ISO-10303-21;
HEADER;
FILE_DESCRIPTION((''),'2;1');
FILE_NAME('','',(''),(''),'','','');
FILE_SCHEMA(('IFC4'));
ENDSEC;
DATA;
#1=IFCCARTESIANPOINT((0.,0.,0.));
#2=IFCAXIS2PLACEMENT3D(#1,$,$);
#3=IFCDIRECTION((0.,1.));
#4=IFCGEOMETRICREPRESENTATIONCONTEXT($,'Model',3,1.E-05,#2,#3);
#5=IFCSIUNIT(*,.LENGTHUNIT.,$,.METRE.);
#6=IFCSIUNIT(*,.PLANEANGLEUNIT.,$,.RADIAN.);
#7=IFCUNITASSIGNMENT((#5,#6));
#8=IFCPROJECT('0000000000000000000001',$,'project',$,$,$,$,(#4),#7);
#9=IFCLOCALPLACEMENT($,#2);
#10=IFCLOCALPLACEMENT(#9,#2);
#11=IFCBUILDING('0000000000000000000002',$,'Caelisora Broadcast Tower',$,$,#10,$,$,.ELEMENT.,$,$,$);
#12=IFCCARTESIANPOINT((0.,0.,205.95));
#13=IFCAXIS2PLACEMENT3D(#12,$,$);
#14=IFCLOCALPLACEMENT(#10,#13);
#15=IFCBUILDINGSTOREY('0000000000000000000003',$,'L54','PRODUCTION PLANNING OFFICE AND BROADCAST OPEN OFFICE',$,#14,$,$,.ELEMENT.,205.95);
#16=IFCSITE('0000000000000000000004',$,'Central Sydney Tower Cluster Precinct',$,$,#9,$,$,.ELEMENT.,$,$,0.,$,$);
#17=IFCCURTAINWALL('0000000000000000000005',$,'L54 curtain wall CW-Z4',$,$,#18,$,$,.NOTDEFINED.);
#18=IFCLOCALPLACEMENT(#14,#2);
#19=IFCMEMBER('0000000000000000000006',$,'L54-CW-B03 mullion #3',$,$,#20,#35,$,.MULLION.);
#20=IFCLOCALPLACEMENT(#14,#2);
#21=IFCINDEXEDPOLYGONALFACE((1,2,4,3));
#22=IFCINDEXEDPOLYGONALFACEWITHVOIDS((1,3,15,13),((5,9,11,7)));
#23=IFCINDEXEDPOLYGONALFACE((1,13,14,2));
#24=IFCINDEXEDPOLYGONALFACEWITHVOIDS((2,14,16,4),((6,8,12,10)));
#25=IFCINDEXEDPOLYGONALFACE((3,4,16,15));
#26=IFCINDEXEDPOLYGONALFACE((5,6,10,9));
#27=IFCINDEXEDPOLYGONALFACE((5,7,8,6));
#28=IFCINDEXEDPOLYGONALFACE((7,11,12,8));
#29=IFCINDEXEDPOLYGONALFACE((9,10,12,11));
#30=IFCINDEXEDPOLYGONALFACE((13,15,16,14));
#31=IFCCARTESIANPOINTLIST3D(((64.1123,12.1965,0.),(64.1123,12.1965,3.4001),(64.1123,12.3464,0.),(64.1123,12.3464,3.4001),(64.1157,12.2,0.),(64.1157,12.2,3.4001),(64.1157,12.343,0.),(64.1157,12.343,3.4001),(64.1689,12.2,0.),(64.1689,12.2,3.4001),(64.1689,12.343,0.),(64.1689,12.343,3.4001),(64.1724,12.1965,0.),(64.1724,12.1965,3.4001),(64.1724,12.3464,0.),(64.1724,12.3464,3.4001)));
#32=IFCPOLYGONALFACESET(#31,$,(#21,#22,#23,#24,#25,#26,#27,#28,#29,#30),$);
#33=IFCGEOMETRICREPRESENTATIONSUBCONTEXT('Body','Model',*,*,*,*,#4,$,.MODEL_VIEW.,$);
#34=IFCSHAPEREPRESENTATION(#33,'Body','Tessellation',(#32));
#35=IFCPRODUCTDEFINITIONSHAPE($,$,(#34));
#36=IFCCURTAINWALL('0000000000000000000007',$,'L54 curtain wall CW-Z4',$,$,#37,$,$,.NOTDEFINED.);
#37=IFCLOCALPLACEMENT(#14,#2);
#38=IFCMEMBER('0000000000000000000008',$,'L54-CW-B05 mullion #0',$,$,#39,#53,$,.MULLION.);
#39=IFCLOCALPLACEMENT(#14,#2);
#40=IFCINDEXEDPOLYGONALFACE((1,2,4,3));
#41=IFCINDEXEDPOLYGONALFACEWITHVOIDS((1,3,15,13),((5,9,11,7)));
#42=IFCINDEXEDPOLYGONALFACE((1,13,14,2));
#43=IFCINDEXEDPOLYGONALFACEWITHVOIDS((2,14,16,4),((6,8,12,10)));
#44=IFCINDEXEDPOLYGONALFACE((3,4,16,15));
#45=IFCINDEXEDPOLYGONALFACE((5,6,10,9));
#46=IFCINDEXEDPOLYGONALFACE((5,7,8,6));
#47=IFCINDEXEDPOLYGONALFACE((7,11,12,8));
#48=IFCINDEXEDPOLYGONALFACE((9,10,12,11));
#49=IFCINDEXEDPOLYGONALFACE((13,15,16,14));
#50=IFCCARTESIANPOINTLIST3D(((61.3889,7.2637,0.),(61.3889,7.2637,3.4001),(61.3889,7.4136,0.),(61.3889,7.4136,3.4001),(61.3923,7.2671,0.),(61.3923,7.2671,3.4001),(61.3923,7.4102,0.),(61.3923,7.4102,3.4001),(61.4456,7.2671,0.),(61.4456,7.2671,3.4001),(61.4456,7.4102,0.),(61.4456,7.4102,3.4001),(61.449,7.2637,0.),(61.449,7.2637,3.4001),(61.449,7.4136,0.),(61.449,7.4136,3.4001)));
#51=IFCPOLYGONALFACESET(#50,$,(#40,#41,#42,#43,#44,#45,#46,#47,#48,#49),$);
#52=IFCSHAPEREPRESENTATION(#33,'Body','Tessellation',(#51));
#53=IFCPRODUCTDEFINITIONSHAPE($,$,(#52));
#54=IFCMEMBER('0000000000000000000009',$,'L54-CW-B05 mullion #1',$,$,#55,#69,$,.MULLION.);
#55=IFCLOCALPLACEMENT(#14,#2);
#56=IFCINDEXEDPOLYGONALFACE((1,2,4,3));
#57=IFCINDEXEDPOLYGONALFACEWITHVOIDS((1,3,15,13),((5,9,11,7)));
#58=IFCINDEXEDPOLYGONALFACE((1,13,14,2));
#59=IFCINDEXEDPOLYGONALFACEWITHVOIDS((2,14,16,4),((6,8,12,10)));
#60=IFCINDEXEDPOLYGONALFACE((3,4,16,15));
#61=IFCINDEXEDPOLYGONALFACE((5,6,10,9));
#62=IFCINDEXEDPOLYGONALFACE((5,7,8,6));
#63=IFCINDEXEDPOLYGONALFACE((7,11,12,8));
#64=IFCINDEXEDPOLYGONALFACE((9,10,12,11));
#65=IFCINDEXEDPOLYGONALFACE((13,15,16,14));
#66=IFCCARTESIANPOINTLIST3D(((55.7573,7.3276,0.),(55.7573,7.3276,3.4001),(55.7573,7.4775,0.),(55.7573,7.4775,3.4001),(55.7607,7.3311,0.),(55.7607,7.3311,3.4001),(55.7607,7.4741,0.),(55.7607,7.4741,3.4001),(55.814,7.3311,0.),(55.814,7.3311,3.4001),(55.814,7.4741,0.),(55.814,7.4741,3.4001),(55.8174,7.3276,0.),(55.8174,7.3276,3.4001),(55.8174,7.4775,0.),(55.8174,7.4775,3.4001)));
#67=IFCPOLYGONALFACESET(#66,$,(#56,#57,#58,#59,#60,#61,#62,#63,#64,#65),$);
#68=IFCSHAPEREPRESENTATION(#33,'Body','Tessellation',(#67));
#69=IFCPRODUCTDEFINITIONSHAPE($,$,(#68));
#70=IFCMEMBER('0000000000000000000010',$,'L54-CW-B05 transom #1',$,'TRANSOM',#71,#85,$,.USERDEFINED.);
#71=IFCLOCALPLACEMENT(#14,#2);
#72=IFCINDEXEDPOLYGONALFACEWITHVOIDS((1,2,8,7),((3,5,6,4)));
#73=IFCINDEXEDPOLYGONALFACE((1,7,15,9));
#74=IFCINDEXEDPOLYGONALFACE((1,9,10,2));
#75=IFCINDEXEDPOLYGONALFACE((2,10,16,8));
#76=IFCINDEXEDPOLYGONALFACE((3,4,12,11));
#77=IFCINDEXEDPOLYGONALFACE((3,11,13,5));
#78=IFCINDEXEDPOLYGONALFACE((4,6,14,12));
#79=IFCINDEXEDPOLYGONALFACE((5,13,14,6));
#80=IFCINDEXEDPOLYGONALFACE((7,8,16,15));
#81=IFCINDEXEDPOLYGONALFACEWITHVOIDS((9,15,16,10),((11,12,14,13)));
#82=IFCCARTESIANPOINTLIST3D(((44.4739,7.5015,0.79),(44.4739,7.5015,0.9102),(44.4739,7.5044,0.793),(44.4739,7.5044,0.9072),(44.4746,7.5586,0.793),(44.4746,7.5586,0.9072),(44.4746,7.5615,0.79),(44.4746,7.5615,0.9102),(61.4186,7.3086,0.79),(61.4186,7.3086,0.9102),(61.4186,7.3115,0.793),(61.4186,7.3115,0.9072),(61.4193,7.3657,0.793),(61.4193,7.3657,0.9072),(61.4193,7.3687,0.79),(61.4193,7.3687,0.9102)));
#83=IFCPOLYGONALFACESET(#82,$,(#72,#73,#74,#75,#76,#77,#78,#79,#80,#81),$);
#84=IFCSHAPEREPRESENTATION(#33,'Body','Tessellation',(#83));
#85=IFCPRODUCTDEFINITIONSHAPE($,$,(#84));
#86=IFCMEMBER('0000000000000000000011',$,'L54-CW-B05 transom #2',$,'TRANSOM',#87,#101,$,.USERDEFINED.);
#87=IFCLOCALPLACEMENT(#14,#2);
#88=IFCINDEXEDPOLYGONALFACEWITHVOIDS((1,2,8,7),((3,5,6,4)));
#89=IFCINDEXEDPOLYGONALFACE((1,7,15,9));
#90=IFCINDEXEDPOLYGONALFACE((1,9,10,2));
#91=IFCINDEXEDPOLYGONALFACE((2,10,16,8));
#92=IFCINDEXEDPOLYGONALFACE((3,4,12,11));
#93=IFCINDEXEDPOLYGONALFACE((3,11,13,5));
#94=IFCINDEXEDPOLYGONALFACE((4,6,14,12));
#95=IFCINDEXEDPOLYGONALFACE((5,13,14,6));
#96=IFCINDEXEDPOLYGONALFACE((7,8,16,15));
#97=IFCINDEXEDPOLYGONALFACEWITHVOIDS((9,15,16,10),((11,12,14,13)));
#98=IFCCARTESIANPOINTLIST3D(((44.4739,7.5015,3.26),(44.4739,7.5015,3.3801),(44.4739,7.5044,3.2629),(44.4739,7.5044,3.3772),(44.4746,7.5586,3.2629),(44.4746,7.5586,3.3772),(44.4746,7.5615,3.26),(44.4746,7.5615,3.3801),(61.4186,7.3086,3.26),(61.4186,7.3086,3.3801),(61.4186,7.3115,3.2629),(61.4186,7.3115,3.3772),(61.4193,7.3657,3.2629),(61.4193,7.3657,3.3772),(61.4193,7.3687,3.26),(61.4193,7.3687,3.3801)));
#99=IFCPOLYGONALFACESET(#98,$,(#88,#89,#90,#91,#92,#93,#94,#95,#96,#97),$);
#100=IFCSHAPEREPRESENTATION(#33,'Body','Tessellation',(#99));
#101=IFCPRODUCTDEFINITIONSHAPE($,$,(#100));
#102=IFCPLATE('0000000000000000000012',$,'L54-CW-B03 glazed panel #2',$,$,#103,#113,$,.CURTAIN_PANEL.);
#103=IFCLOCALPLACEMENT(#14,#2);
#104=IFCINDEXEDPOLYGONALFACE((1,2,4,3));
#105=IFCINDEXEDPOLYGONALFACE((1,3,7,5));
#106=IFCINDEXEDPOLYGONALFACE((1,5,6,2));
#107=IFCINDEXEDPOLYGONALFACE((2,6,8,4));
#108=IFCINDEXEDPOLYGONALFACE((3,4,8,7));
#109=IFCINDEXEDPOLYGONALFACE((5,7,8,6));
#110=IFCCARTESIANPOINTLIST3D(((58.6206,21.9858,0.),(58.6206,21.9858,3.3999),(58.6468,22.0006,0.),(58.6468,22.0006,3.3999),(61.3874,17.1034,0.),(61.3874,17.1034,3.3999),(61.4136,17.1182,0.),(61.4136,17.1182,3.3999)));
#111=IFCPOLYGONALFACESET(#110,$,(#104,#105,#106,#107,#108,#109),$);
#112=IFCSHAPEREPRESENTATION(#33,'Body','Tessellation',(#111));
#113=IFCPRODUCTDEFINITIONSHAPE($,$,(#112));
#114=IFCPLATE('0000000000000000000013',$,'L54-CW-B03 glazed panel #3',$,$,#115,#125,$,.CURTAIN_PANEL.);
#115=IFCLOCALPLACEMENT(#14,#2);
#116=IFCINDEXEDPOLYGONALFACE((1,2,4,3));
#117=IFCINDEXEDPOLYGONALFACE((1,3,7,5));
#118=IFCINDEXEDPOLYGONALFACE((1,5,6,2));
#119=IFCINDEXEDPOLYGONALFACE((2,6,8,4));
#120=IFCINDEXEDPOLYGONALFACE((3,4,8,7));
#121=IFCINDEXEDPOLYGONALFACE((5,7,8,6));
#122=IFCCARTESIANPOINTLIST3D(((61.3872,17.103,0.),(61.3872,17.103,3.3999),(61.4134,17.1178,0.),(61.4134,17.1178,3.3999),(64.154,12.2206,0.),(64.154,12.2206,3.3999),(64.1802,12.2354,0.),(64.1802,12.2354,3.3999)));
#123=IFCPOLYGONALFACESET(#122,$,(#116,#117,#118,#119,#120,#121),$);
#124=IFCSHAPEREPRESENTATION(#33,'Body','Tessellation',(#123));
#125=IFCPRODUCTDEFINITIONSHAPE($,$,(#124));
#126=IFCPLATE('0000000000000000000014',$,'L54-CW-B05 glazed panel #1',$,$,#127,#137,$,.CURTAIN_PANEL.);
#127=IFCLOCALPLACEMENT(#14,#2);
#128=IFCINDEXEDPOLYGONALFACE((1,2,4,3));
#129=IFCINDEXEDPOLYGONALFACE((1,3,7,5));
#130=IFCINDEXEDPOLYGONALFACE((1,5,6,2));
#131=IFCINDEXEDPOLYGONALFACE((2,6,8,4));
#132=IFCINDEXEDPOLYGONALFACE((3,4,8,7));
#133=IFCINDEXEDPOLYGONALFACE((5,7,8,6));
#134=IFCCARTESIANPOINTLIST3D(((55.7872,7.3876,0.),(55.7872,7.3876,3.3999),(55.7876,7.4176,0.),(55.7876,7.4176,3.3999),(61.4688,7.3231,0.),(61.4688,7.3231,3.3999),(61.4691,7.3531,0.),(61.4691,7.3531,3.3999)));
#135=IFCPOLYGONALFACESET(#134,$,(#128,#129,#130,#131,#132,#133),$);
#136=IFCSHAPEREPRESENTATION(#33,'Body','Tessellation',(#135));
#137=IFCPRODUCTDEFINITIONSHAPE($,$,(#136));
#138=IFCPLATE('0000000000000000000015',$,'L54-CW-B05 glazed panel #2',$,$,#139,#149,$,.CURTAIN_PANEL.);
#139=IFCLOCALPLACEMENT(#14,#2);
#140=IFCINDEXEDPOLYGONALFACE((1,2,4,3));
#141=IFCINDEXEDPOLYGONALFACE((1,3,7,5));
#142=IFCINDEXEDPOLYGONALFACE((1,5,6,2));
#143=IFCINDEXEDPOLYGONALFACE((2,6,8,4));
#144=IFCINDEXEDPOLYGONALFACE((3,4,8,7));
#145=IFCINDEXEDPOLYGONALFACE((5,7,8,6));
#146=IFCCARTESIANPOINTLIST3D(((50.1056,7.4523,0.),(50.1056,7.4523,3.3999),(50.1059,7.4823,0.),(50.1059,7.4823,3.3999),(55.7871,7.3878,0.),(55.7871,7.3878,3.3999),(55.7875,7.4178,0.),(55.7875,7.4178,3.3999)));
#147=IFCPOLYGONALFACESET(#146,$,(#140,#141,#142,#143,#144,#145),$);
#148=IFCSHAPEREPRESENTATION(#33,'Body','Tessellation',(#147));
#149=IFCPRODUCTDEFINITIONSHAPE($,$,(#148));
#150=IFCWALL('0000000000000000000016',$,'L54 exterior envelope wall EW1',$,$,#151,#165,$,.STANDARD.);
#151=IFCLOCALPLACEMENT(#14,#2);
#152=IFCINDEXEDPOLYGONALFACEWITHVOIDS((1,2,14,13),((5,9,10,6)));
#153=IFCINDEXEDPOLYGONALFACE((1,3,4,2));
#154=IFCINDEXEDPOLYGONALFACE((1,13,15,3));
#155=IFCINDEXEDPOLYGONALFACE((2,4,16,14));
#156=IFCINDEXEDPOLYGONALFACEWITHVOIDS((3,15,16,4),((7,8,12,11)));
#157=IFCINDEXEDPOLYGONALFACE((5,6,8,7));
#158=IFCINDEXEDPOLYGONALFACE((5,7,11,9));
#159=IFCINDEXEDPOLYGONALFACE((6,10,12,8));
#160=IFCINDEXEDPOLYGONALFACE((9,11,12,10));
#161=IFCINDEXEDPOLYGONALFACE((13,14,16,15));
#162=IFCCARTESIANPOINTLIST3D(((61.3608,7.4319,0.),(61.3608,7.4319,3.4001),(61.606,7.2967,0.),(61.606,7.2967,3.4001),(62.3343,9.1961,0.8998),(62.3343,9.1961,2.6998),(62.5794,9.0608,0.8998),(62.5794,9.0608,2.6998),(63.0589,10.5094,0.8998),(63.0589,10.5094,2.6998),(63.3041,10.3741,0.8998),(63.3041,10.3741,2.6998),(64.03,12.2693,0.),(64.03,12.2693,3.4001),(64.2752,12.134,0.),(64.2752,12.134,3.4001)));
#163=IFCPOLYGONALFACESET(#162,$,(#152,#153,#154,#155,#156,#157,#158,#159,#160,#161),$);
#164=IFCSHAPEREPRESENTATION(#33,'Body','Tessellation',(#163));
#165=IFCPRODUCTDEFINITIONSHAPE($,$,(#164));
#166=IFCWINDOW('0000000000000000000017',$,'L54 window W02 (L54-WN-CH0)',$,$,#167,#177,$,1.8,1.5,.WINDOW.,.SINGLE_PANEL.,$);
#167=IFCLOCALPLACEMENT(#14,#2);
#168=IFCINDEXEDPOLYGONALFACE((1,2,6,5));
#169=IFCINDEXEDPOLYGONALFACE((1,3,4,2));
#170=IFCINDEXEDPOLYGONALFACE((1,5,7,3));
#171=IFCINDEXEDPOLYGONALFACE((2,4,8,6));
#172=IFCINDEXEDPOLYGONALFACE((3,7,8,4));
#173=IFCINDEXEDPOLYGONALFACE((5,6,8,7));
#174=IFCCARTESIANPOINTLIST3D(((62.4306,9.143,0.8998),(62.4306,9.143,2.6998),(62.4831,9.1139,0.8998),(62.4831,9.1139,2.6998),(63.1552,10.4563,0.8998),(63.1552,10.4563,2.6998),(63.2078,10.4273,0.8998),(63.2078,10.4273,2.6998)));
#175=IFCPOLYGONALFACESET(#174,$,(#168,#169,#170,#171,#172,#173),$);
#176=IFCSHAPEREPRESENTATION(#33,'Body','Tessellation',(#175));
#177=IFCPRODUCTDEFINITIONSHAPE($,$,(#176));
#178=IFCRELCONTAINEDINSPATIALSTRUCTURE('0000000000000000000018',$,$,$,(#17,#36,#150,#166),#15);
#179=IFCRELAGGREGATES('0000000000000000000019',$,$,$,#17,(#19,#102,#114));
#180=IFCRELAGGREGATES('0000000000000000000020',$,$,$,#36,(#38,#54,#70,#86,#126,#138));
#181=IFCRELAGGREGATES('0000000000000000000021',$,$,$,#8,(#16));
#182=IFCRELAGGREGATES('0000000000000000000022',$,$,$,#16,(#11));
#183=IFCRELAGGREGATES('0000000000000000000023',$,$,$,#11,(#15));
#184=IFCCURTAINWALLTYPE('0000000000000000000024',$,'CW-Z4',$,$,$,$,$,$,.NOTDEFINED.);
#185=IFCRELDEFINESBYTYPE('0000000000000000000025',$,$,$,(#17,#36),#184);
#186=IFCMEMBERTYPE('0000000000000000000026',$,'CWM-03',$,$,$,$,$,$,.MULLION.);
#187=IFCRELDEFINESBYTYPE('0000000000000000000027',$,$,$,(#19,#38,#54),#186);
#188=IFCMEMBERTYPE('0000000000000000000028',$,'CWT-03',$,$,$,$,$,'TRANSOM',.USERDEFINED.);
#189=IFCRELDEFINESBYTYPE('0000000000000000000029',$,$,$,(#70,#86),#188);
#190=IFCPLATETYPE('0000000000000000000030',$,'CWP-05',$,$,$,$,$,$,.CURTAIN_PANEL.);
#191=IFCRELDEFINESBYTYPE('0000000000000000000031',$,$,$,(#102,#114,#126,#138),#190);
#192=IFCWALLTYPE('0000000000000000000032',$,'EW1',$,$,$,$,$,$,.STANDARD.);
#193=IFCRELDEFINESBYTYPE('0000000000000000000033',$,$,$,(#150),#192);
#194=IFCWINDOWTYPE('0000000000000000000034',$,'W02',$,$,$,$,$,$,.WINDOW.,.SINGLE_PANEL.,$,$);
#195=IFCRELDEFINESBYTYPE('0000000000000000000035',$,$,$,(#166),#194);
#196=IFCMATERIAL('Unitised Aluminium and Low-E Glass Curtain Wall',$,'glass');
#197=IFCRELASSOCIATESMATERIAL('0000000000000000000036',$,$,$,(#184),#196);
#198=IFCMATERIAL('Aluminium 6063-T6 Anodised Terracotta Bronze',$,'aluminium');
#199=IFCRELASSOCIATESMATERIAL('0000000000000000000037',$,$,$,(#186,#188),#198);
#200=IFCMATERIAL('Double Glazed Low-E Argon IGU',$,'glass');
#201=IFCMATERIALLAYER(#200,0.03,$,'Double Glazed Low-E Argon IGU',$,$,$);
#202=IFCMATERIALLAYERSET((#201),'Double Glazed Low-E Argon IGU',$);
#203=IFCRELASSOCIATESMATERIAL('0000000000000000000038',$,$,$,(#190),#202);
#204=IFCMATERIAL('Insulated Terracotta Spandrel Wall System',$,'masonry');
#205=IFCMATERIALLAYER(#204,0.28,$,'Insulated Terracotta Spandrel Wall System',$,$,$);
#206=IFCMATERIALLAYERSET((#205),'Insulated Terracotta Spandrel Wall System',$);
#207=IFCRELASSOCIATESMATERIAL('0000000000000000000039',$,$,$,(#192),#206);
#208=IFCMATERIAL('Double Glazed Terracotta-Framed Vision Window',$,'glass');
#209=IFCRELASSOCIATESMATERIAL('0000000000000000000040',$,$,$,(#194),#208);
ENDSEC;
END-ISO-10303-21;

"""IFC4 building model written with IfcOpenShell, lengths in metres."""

from ifc_helpers import new_model, si_unit, direction, frame, frame_2d, origin, origin_2d, place, context, subcontext, project, spatial, rectangle, hollow_rectangle, extrude, source, transform, mapped, material, layer, layer_set, material_profile, profile_set, type_object, type_shapes, element, fill, aggregate, save


model = new_model("IFC4")

# Units and contexts
model_context = context("Model", 3, precision=1e-05, world=origin(), true_north=direction((0.0, 1.0)))
body_context = subcontext(model_context, "Body", "Model", "MODEL_VIEW")
ifc_project = project(units=[si_unit("LENGTHUNIT", "METRE"), si_unit("PLANEANGLEUNIT", "RADIAN")], contexts=[model_context])

# Site, building, storey
site_placement = place(None, origin())
site = spatial("IfcSite", under=ifc_project, at=site_placement, Name="Central Sydney Tower Cluster Precinct", CompositionType="ELEMENT", RefElevation=0.0)
building_placement = place(site_placement, origin())
building = spatial("IfcBuilding", under=site, at=building_placement, Name="Caelisora Broadcast Tower", CompositionType="ELEMENT")
storey_placement = place(building_placement, frame((0.0, 0.0, 205.95)))
storey = spatial("IfcBuildingStorey", under=building, at=storey_placement, Name="L54", Description="PRODUCTION PLANNING OFFICE AND BROADCAST OPEN OFFICE", CompositionType="ELEMENT", Elevation=205.95)

# Curtain walls, members
ifc_material_1 = material(Name="Unitised Aluminium and Low-E Glass Curtain Wall", Category="glass")
curtain_wall_type = type_object("IfcCurtainWallType", Name="CW-Z4", PredefinedType="NOTDEFINED", material=ifc_material_1)
curtain_wall_1_placement = place(storey_placement, origin())
curtain_wall_1 = element("IfcCurtainWall", 1, at=curtain_wall_1_placement, inside=storey, type_object=curtain_wall_type, Name="L54 curtain wall CW-Z4", PredefinedType="NOTDEFINED")
ifc_material_2 = material(Name="Aluminium 6063-T6 Anodised Terracotta Bronze", Category="aluminium")
ifc_material_profile_1 = material_profile(ifc_material_2, hollow_rectangle(XDim=0.0601, YDim=0.1499, WallThickness=0.0034, at=origin_2d()), Name="Aluminium 6063-T6 Anodised Terracotta Bronze")
ifc_profile_set_1 = profile_set([ifc_material_profile_1], Name="Aluminium 6063-T6 Anodised Terracotta Bronze")
member_type_1 = type_object("IfcMemberType", Name="CWM-03", PredefinedType="MULLION", material=ifc_profile_set_1)
shared_shape_1 = source(origin(), body_context, "Body", "SweptSolid", [
    extrude(hollow_rectangle(XDim=0.0601, YDim=0.1499, WallThickness=0.0034, at=origin_2d()), origin(), (0.0, 0.0, 1.0), 3.4001),
])
type_shapes(member_type_1, [shared_shape_1])
member_1_placement = place(storey_placement, frame((64.1423, 12.2715, 0.0), z_axis=(0.0, 0.0, 1.0), x_axis=(1.0, 0.0, 0.0)))
member_1 = element("IfcMember", 2, at=member_1_placement, type_object=member_type_1, Name="L54-CW-B03 mullion #3", PredefinedType="MULLION", context=body_context, shape_type="MappedRepresentation", body=[
    mapped(shared_shape_1, transform((0.0, 0.0, 0.0), scale=1.0)),
])
curtain_wall_2_placement = place(storey_placement, origin())
curtain_wall_2 = element("IfcCurtainWall", 3, at=curtain_wall_2_placement, inside=storey, type_object=curtain_wall_type, Name="L54 curtain wall CW-Z4", PredefinedType="NOTDEFINED")
member_2_placement = place(storey_placement, frame((61.4189, 7.3386, 0.0), z_axis=(0.0, 0.0, 1.0), x_axis=(1.0, 0.0, 0.0)))
member_2 = element("IfcMember", 4, at=member_2_placement, type_object=member_type_1, Name="L54-CW-B05 mullion #0", PredefinedType="MULLION", context=body_context, shape_type="MappedRepresentation", body=[
    mapped(shared_shape_1, transform((0.0, 0.0, 0.0), scale=1.0)),
])
member_3_placement = place(storey_placement, frame((55.7874, 7.4026, 0.0), z_axis=(0.0, 0.0, 1.0), x_axis=(1.0, 0.0, 0.0)))
member_3 = element("IfcMember", 5, at=member_3_placement, type_object=member_type_1, Name="L54-CW-B05 mullion #1", PredefinedType="MULLION", context=body_context, shape_type="MappedRepresentation", body=[
    mapped(shared_shape_1, transform((0.0, 0.0, 0.0), scale=1.0)),
])
ifc_material_profile_2 = material_profile(ifc_material_2, hollow_rectangle(XDim=0.0601, YDim=0.1201, WallThickness=0.0029, at=origin_2d()), Name="Aluminium 6063-T6 Anodised Terracotta Bronze")
ifc_profile_set_2 = profile_set([ifc_material_profile_2], Name="Aluminium 6063-T6 Anodised Terracotta Bronze")
member_type_2 = type_object("IfcMemberType", Name="CWT-03", ElementType="TRANSOM", PredefinedType="USERDEFINED", material=ifc_profile_set_2)
shared_shape_2 = source(origin(), body_context, "Body", "SweptSolid", [
    extrude(hollow_rectangle(XDim=0.0601, YDim=0.1201, WallThickness=0.0029, at=origin_2d()), origin(), (0.0, 0.0, 1.0), 16.9458),
])
type_shapes(member_type_2, [shared_shape_2])
member_4_placement = place(storey_placement, frame((61.4189, 7.3386, 0.8501), z_axis=(-0.999935, 0.011382, 0.0), x_axis=(-0.011382, -0.999935, 0.0)))
member_4 = element("IfcMember", 6, at=member_4_placement, type_object=member_type_2, Name="L54-CW-B05 transom #1", ObjectType="TRANSOM", PredefinedType="USERDEFINED", context=body_context, shape_type="MappedRepresentation", body=[
    mapped(shared_shape_2, transform((0.0, 0.0, 0.0), scale=1.0)),
])
member_5_placement = place(storey_placement, frame((61.4189, 7.3386, 3.3201), z_axis=(-0.999935, 0.011382, 0.0), x_axis=(-0.011382, -0.999935, 0.0)))
member_5 = element("IfcMember", 7, at=member_5_placement, type_object=member_type_2, Name="L54-CW-B05 transom #2", ObjectType="TRANSOM", PredefinedType="USERDEFINED", context=body_context, shape_type="MappedRepresentation", body=[
    mapped(shared_shape_2, transform((0.0, 0.0, 0.0), scale=1.0)),
])

# Plates
ifc_material_3 = material(Name="Double Glazed Low-E Argon IGU", Category="glass")
ifc_layer_1 = layer(ifc_material_3, 0.03, Name="Double Glazed Low-E Argon IGU")
ifc_layer_set_1 = layer_set([ifc_layer_1], Name="Double Glazed Low-E Argon IGU")
plate_type = type_object("IfcPlateType", Name="CWP-05", PredefinedType="CURTAIN_PANEL", material=ifc_layer_set_1)
shared_shape_3 = source(origin(), body_context, "Body", "SweptSolid", [
    extrude(rectangle(XDim=5.6118, YDim=0.03, at=origin_2d()), origin(), (0.0, 0.0, 1.0), 3.3999),
])
plate_1_placement = place(storey_placement, frame((60.0171, 19.552, 0.0), z_axis=(0.0, 0.0, 1.0), x_axis=(0.493031, -0.870012, 0.0)))
plate_1 = element("IfcPlate", 8, at=plate_1_placement, type_object=plate_type, Name="L54-CW-B03 glazed panel #2", PredefinedType="CURTAIN_PANEL", context=body_context, shape_type="MappedRepresentation", body=[
    mapped(shared_shape_3, transform((0.0, 0.0, 0.0), scale=1.0)),
])
plate_2_placement = place(storey_placement, frame((62.7837, 14.6692, 0.0), z_axis=(0.0, 0.0, 1.0), x_axis=(0.493031, -0.870012, 0.0)))
plate_2 = element("IfcPlate", 9, at=plate_2_placement, type_object=plate_type, Name="L54-CW-B03 glazed panel #3", PredefinedType="CURTAIN_PANEL", context=body_context, shape_type="MappedRepresentation", body=[
    mapped(shared_shape_3, transform((0.0, 0.0, 0.0), scale=1.0)),
])
aggregate(curtain_wall_1, [member_1, plate_1, plate_2])
shared_shape_4 = source(origin(), body_context, "Body", "SweptSolid", [
    extrude(rectangle(XDim=5.6819, YDim=0.03, at=origin_2d()), origin(), (0.0, 0.0, 1.0), 3.3999),
])
type_shapes(plate_type, [shared_shape_3, shared_shape_4])
plate_3_placement = place(storey_placement, frame((58.6282, 7.3704, 0.0), z_axis=(0.0, 0.0, 1.0), x_axis=(-0.999936, 0.011344, 0.0)))
plate_3 = element("IfcPlate", 10, at=plate_3_placement, type_object=plate_type, Name="L54-CW-B05 glazed panel #1", PredefinedType="CURTAIN_PANEL", context=body_context, shape_type="MappedRepresentation", body=[
    mapped(shared_shape_4, transform((0.0, 0.0, 0.0), scale=1.0)),
])
plate_4_placement = place(storey_placement, frame((52.9465, 7.4351, 0.0), z_axis=(0.0, 0.0, 1.0), x_axis=(-0.999936, 0.011344, 0.0)))
plate_4 = element("IfcPlate", 11, at=plate_4_placement, type_object=plate_type, Name="L54-CW-B05 glazed panel #2", PredefinedType="CURTAIN_PANEL", context=body_context, shape_type="MappedRepresentation", body=[
    mapped(shared_shape_4, transform((0.0, 0.0, 0.0), scale=1.0)),
])
aggregate(curtain_wall_2, [member_2, member_3, member_4, member_5, plate_3, plate_4])

# Wall, opening, window
ifc_material_4 = material(Name="Insulated Terracotta Spandrel Wall System", Category="masonry")
ifc_layer_2 = layer(ifc_material_4, 0.28, Name="Insulated Terracotta Spandrel Wall System")
ifc_layer_set_2 = layer_set([ifc_layer_2], Name="Insulated Terracotta Spandrel Wall System")
wall_type = type_object("IfcWallType", Name="EW1", PredefinedType="STANDARD", material=ifc_layer_set_2)
wall_placement = place(storey_placement, frame((64.1526, 12.2017, 0.0), z_axis=(0.0, 0.0, 1.0), x_axis=(-0.483116, -0.875556, 0.0)))
wall = element("IfcWall", 12, at=wall_placement, inside=storey, type_object=wall_type, Name="L54 exterior envelope wall EW1", PredefinedType="STANDARD", context=body_context, shape_type="SweptSolid", body=[
    extrude(rectangle(XDim=5.5249, YDim=0.28, at=frame_2d((2.7625, 0.0))), origin(), (0.0, 0.0, 1.0), 3.4001),
])
opening_placement = place(wall_placement, frame((2.01, 0.0, 0.8999)))
opening = element("IfcOpeningElement", 13, at=opening_placement, cuts=wall, PredefinedType="OPENING", context=body_context, shape_type="SweptSolid", body=[
    extrude(rectangle(XDim=1.5, YDim=1.8, at=frame_2d((0.75, 0.8999))), frame((0.0, 0.1521, 0.0), z_axis=(0.0, -1.0, 0.0), x_axis=(1.0, 0.0, 0.0)), (0.0, 0.0, 1.0), 0.304),
])
ifc_material_5 = material(Name="Double Glazed Terracotta-Framed Vision Window", Category="glass")
window_type = type_object("IfcWindowType", Name="W02", PartitioningType="SINGLE_PANEL", PredefinedType="WINDOW", material=ifc_material_5)
window_placement = place(opening_placement, origin())
window = element("IfcWindow", 14, at=window_placement, inside=storey, type_object=window_type, Name="L54 window W02 (L54-WN-CH0)", OverallHeight=1.8, OverallWidth=1.5, PartitioningType="SINGLE_PANEL", PredefinedType="WINDOW", context=body_context, shape_type="SweptSolid", body=[
    extrude(rectangle(XDim=1.5, YDim=1.8, at=frame_2d((0.75, 0.8999))), frame((0.0, 0.03, 0.0), z_axis=(0.0, -1.0, 0.0), x_axis=(1.0, 0.0, 0.0)), (0.0, 0.0, 1.0), 0.0601),
])
fill(opening, window)

save(model, "model.ifc")
